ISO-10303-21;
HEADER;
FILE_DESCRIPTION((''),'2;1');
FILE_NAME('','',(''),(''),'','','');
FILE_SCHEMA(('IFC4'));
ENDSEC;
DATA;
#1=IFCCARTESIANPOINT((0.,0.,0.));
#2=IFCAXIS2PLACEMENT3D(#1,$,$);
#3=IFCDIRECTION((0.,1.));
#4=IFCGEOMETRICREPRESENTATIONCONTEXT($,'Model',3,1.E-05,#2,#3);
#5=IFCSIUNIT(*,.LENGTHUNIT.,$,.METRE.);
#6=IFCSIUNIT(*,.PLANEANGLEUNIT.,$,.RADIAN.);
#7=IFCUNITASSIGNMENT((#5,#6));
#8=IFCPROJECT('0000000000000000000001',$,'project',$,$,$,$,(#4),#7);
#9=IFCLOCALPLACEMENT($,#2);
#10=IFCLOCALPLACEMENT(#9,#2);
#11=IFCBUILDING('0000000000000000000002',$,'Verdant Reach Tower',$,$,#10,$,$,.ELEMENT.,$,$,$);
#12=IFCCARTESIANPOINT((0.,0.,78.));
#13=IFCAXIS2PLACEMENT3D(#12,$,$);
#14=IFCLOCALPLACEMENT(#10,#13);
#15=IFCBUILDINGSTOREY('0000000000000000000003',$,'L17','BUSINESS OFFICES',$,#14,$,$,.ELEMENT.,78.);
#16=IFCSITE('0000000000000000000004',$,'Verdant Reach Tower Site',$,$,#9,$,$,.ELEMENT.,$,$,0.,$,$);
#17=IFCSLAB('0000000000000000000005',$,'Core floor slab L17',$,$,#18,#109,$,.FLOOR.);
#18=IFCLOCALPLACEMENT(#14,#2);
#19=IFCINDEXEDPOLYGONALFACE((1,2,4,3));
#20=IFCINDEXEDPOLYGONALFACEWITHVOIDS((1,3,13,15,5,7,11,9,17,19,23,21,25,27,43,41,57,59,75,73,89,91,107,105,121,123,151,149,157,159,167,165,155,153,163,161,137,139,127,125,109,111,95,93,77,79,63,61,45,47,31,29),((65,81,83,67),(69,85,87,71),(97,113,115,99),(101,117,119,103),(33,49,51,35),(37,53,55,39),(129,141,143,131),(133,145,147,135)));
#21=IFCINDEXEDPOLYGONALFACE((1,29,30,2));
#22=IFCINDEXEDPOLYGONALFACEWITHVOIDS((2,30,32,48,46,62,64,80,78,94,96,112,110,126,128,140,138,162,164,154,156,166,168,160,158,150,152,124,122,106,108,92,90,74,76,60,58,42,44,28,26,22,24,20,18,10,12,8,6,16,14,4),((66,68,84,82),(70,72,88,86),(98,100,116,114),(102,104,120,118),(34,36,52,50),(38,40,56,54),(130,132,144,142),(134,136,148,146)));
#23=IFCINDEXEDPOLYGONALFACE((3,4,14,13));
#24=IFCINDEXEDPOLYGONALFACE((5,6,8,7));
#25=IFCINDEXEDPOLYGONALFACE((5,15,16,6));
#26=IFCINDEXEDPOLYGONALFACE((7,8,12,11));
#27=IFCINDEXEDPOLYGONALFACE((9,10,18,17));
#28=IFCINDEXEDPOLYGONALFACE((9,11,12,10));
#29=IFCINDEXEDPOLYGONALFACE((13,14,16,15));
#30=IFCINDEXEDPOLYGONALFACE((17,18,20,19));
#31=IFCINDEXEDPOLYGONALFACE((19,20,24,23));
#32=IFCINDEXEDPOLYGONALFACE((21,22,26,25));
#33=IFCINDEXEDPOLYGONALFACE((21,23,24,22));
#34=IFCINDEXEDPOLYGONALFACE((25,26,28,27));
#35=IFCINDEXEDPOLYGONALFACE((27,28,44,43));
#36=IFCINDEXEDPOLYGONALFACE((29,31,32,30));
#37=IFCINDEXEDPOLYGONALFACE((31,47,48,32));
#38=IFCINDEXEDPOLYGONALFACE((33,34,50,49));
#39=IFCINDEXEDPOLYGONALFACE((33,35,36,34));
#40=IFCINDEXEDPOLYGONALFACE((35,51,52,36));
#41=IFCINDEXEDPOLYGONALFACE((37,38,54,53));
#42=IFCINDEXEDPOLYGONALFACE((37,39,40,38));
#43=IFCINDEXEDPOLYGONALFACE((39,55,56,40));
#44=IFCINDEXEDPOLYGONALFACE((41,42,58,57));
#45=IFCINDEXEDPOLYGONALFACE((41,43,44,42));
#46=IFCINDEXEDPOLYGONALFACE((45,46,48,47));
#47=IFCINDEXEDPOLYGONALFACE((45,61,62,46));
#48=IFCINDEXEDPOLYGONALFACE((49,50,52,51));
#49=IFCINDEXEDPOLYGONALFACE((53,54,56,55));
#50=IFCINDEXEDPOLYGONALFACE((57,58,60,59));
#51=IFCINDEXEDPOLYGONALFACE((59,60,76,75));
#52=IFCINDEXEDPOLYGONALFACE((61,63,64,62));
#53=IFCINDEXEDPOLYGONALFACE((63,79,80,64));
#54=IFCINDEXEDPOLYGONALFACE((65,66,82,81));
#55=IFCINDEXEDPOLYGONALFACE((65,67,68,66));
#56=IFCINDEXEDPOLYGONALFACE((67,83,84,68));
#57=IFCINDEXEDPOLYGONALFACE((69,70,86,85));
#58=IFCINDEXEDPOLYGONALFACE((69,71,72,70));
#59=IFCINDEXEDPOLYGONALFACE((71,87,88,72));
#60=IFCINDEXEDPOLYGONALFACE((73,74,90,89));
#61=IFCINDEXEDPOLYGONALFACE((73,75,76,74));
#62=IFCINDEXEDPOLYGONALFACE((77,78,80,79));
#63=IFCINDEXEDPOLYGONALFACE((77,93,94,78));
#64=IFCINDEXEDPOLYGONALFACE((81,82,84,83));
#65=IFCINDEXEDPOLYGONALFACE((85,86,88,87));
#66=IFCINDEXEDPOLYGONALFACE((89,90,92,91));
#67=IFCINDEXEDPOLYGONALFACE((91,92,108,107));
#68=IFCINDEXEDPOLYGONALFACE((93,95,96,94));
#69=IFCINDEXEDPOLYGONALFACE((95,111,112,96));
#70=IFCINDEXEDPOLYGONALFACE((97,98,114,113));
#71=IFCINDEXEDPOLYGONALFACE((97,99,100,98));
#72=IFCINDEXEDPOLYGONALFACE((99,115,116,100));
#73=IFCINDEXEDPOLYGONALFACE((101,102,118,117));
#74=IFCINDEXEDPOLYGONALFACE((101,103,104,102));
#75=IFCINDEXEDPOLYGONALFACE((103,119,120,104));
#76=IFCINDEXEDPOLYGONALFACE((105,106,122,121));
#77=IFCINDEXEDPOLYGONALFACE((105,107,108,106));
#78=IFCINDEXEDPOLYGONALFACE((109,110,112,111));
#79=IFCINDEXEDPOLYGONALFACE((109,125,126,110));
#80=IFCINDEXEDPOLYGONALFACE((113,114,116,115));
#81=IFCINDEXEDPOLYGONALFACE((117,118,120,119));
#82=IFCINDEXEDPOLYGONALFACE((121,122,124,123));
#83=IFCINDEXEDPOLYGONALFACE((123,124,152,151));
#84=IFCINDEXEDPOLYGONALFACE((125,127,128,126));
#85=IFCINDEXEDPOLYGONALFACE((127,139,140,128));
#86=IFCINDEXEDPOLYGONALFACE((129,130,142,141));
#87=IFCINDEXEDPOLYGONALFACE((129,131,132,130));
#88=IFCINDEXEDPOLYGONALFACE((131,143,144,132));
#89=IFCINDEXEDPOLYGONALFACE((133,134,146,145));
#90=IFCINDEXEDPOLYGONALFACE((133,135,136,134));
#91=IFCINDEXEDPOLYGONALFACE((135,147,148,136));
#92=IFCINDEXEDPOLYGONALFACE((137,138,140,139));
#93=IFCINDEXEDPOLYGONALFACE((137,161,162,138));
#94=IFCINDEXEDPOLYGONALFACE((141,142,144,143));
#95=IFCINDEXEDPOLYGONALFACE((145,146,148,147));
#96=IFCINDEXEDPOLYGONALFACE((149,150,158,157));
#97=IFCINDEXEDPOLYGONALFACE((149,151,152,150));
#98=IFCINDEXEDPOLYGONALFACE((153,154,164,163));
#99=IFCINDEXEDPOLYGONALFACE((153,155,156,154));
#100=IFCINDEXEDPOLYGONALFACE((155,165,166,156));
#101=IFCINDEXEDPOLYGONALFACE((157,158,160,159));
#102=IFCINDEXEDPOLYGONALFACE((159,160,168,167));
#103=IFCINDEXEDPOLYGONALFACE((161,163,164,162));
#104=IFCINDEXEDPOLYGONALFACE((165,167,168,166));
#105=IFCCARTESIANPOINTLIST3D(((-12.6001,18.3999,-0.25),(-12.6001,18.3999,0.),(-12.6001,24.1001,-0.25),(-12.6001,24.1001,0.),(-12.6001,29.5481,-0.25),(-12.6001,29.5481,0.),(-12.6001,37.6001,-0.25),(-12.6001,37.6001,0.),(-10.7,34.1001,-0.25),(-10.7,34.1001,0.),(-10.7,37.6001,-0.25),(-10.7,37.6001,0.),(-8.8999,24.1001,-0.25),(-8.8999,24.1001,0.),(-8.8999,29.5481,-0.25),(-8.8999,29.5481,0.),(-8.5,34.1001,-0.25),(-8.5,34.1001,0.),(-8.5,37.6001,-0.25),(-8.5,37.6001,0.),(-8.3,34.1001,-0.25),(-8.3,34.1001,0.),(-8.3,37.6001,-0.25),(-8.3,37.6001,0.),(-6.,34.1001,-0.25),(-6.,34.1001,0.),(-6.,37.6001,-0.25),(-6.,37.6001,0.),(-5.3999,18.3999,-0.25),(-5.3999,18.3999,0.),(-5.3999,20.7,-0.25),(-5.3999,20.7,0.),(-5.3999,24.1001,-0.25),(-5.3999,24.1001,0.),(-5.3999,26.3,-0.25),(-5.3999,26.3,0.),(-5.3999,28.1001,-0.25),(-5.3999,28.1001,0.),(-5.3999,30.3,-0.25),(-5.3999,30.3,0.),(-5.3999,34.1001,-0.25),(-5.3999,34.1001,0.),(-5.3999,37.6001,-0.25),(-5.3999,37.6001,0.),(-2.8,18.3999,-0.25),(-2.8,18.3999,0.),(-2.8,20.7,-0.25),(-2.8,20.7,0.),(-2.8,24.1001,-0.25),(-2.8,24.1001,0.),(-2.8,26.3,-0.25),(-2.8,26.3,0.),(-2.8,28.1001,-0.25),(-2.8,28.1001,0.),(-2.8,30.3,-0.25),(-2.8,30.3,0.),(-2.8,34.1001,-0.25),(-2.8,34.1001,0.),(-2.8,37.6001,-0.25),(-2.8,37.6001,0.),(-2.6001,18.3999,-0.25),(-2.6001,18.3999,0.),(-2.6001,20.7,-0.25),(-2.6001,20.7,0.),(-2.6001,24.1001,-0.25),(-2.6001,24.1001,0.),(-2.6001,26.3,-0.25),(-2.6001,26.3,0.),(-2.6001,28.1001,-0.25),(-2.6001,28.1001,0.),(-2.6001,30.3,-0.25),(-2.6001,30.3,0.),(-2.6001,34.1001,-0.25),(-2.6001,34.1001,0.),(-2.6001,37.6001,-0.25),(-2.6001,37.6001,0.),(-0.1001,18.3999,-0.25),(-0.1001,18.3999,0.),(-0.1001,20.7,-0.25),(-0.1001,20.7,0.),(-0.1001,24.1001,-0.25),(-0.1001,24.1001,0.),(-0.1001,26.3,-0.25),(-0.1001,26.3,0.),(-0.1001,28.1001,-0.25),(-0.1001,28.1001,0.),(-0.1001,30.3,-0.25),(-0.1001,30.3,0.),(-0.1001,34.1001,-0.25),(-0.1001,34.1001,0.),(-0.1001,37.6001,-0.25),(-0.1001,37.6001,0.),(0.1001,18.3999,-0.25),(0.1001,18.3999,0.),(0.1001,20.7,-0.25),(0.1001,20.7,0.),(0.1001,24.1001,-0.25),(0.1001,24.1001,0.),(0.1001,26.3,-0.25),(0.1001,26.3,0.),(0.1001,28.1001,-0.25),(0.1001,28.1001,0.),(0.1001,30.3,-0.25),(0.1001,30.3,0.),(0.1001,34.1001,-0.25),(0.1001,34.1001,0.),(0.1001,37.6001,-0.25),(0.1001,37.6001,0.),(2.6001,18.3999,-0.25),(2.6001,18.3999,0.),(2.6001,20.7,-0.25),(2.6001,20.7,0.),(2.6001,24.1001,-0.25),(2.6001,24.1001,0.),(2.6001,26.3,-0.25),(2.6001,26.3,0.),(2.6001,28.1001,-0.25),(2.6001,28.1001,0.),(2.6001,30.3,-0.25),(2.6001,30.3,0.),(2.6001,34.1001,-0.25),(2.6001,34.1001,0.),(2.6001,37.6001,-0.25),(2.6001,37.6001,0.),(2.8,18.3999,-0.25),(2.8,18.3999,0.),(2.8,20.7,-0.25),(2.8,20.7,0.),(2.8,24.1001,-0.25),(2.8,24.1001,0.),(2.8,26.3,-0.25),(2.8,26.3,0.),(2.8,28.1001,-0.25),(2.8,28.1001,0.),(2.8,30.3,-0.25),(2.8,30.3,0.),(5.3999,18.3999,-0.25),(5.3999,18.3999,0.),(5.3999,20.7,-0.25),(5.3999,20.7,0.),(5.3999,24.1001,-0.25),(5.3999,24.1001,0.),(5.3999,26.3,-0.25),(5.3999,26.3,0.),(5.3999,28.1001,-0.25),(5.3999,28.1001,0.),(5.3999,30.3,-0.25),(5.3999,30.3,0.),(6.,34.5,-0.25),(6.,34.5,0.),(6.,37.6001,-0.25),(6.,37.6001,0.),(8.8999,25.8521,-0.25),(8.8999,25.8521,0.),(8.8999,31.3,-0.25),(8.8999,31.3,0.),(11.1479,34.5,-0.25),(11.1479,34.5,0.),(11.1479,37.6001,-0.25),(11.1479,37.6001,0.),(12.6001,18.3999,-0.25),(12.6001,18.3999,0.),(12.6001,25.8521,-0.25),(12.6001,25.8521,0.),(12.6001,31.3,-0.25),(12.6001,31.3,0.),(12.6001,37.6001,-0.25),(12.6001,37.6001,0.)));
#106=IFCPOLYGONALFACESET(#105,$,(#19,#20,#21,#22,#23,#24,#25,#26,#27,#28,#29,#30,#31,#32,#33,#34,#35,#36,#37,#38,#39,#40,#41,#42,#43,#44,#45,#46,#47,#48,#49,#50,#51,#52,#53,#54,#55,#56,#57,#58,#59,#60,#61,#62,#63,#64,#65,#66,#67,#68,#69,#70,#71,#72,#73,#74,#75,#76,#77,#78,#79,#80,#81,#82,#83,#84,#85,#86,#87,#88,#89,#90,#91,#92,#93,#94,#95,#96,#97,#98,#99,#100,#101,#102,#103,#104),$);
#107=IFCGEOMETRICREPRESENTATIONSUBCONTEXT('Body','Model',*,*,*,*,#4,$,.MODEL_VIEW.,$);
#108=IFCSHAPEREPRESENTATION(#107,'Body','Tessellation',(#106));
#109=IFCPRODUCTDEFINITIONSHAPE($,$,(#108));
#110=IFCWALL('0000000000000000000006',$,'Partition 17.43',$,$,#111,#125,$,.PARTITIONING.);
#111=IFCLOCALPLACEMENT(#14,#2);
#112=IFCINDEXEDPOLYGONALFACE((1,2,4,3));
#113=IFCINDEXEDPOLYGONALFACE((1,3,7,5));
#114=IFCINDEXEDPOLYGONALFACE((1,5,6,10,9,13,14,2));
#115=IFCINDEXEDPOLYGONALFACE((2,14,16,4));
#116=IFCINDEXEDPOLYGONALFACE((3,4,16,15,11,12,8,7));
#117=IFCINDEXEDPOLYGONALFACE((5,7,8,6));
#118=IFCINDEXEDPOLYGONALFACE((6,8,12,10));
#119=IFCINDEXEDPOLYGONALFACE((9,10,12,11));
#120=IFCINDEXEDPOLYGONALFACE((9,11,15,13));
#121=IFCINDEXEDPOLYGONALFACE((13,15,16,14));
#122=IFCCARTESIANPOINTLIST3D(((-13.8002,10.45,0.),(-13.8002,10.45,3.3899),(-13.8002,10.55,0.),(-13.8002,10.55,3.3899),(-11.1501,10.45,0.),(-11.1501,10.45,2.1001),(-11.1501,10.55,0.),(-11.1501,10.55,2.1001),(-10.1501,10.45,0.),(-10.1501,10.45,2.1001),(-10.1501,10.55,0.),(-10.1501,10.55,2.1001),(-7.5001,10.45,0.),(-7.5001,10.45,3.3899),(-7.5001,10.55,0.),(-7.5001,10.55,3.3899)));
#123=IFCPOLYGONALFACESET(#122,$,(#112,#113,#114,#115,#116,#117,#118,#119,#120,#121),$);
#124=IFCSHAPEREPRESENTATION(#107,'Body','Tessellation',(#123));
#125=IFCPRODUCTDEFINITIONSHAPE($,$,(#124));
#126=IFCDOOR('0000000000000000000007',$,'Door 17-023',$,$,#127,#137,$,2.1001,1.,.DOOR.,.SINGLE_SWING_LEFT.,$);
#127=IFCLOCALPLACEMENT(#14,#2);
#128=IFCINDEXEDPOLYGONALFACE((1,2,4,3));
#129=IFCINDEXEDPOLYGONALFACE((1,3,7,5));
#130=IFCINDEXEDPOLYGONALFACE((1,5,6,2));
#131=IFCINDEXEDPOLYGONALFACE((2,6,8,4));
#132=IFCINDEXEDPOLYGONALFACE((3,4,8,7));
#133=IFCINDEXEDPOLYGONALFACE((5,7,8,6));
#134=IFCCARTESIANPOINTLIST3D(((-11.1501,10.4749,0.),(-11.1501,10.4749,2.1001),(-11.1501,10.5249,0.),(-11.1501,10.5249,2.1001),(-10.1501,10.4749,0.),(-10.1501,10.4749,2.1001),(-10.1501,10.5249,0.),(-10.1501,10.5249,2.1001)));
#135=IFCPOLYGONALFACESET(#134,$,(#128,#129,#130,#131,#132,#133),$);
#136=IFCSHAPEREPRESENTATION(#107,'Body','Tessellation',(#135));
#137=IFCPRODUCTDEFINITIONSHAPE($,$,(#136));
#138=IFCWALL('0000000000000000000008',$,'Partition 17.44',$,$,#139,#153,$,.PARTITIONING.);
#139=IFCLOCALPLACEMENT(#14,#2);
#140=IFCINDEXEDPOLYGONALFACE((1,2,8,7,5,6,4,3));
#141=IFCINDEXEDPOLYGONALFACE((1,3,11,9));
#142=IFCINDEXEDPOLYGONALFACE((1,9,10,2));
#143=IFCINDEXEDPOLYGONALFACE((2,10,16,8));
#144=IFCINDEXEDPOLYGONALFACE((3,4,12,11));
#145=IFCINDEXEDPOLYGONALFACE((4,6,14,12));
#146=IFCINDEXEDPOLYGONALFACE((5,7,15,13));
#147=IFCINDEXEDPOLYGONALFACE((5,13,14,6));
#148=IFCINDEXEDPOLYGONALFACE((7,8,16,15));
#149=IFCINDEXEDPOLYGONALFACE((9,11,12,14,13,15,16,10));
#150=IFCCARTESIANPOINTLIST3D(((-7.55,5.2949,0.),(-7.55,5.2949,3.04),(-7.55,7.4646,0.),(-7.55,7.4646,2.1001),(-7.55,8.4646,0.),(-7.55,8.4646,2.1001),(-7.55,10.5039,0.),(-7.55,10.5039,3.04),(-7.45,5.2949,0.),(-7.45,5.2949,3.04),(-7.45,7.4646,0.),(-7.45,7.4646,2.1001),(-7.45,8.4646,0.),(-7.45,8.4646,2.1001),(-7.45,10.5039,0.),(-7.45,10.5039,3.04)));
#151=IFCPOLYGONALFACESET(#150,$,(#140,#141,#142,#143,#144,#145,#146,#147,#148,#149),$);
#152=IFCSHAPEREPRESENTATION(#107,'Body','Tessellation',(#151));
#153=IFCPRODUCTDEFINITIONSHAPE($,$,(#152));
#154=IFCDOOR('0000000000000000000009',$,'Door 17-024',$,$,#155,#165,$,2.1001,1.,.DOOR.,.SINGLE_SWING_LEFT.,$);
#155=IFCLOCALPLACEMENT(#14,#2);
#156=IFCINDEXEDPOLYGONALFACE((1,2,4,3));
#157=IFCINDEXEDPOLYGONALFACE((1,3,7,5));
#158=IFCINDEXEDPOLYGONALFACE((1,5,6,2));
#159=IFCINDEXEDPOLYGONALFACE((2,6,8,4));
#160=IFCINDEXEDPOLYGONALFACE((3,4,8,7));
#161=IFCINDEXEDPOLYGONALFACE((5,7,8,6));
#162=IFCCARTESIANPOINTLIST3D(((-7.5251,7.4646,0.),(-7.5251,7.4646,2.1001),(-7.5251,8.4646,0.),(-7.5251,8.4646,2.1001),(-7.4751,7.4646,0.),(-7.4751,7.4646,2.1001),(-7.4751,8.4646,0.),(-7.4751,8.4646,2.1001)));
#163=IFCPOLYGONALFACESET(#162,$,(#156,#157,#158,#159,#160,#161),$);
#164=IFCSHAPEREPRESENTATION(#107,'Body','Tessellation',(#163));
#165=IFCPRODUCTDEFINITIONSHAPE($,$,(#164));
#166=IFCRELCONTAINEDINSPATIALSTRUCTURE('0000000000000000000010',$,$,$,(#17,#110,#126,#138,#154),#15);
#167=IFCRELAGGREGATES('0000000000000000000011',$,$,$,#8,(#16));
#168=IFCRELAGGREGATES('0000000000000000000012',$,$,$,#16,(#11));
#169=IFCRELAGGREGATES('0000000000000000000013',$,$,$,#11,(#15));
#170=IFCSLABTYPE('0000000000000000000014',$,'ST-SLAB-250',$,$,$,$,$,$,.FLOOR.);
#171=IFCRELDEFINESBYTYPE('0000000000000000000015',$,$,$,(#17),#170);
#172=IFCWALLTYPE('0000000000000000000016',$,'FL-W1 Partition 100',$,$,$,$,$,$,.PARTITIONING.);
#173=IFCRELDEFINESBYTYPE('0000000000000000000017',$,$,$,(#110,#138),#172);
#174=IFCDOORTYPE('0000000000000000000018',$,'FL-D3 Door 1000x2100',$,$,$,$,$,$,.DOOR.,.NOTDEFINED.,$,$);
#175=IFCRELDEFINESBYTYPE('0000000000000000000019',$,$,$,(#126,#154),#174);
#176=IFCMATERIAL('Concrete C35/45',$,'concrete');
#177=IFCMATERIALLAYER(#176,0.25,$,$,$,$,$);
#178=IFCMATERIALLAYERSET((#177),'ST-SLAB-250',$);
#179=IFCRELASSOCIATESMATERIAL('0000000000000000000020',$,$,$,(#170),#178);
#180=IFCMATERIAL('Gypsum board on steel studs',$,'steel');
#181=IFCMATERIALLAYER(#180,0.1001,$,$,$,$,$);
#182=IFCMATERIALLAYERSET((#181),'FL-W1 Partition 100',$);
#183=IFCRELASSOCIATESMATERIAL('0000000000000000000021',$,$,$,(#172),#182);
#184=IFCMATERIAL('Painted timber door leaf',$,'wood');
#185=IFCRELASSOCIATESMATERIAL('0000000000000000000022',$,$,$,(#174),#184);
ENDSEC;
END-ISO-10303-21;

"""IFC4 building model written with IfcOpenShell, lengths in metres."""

from ifc_helpers import new_model, si_unit, direction, frame, frame_2d, origin, place, context, subcontext, project, spatial, polyline, rectangle, outline, extrude, material, layer, layer_set, type_object, element, fill, save


model = new_model("IFC4")

# Units and contexts
model_context = context("Model", 3, precision=1e-05, world=origin(), true_north=direction((0.0, 1.0)))
body_context = subcontext(model_context, "Body", "Model", "MODEL_VIEW")
ifc_project = project(units=[si_unit("LENGTHUNIT", "METRE"), si_unit("PLANEANGLEUNIT", "RADIAN")], contexts=[model_context])

# Site, building, storey
site_placement = place(None, origin())
site = spatial("IfcSite", under=ifc_project, at=site_placement, Name="Verdant Reach Tower Site", CompositionType="ELEMENT", RefElevation=0.0)
building_placement = place(site_placement, origin())
building = spatial("IfcBuilding", under=site, at=building_placement, Name="Verdant Reach Tower", CompositionType="ELEMENT")
storey_placement = place(building_placement, frame((0.0, 0.0, 78.0)))
storey = spatial("IfcBuildingStorey", under=building, at=storey_placement, Name="L17", Description="BUSINESS OFFICES", CompositionType="ELEMENT", Elevation=78.0)

# Slab
ifc_material_1 = material(Name="Concrete C35/45", Category="concrete")
ifc_layer_1 = layer(ifc_material_1, 0.25)
ifc_layer_set_1 = layer_set([ifc_layer_1], Name="ST-SLAB-250")
slab_type_1 = type_object("IfcSlabType", Name="ST-SLAB-250", PredefinedType="FLOOR", material=ifc_layer_set_1)
slab_1_placement = place(storey_placement, frame((0.0, 0.0, -0.25)))
element("IfcSlab", 1, at=slab_1_placement, inside=storey, type_object=slab_type_1, Name="Core floor slab L17", PredefinedType="FLOOR", context=body_context, shape_type="SweptSolid", body=[
    extrude(outline(polyline([(12.6001, 18.3999), (5.3999, 18.3999), (5.3999, 20.7), (2.8, 20.7), (2.8, 18.3999), (2.6001, 18.3999), (2.6001, 20.7), (0.1001, 20.7), (0.1001, 18.3999), (-0.1001, 18.3999), (-0.1001, 20.7), (-2.6001, 20.7), (-2.6001, 18.3999), (-2.8, 18.3999), (-2.8, 20.7), (-5.3999, 20.7), (-5.3999, 18.3999), (-12.6001, 18.3999), (-12.6001, 24.1001), (-8.8999, 24.1001), (-8.8999, 29.5481), (-12.6001, 29.5481), (-12.6001, 37.6001), (-10.7, 37.6001), (-10.7, 34.1001), (-8.5, 34.1001), (-8.5, 37.6001), (-8.3, 37.6001), (-8.3, 34.1001), (-6.0, 34.1001), (-6.0, 37.6001), (-5.3999, 37.6001), (-5.3999, 34.1001), (-2.8, 34.1001), (-2.8, 37.6001), (-2.6001, 37.6001), (-2.6001, 34.1001), (-0.1001, 34.1001), (-0.1001, 37.6001), (0.1001, 37.6001), (0.1001, 34.1001), (2.6001, 34.1001), (2.6001, 37.6001), (6.0, 37.6001), (6.0, 34.5), (11.1479, 34.5), (11.1479, 37.6001), (12.6001, 37.6001), (12.6001, 31.3), (8.8999, 31.3), (8.8999, 25.8521), (12.6001, 25.8521), (12.6001, 18.3999)]), holes=[polyline([(-2.8, 24.1001), (-2.8, 26.3), (-5.3999, 26.3), (-5.3999, 24.1001), (-2.8, 24.1001)]), polyline([(-2.6001, 24.1001), (-0.1001, 24.1001), (-0.1001, 26.3), (-2.6001, 26.3), (-2.6001, 24.1001)]), polyline([(-2.8, 28.1001), (-2.8, 30.3), (-5.3999, 30.3), (-5.3999, 28.1001), (-2.8, 28.1001)]), polyline([(-0.1001, 28.1001), (-0.1001, 30.3), (-2.6001, 30.3), (-2.6001, 28.1001), (-0.1001, 28.1001)]), polyline([(2.6001, 24.1001), (2.6001, 26.3), (0.1001, 26.3), (0.1001, 24.1001), (2.6001, 24.1001)]), polyline([(2.8, 24.1001), (5.3999, 24.1001), (5.3999, 26.3), (2.8, 26.3), (2.8, 24.1001)]), polyline([(2.6001, 28.1001), (2.6001, 30.3), (0.1001, 30.3), (0.1001, 28.1001), (2.6001, 28.1001)]), polyline([(5.3999, 28.1001), (5.3999, 30.3), (2.8, 30.3), (2.8, 28.1001), (5.3999, 28.1001)])]), origin(), (0.0, 0.0, 1.0), 0.25),
])

# Walls, openings, doors
ifc_material_2 = material(Name="Gypsum board on steel studs", Category="steel")
ifc_layer_2 = layer(ifc_material_2, 0.1001)
ifc_layer_set_2 = layer_set([ifc_layer_2], Name="FL-W1 Partition 100")
wall_type_1 = type_object("IfcWallType", Name="FL-W1 Partition 100", PredefinedType="PARTITIONING", material=ifc_layer_set_2)
wall_1_placement = place(storey_placement, frame((-13.8, 10.5, 0.0), z_axis=(0.0, 0.0, 1.0), x_axis=(1.0, 0.0, 0.0)))
wall_1 = element("IfcWall", 2, at=wall_1_placement, inside=storey, type_object=wall_type_1, Name="Partition 17.43", PredefinedType="PARTITIONING", context=body_context, shape_type="SweptSolid", body=[
    extrude(rectangle(XDim=6.3, YDim=0.1001, at=frame_2d((3.1499, 0.0))), origin(), (0.0, 0.0, 1.0), 3.3899),
])
opening_1_placement = place(wall_1_placement, frame((2.6499, 0.0, 0.0)))
opening_1 = element("IfcOpeningElement", 3, at=opening_1_placement, cuts=wall_1, PredefinedType="OPENING", context=body_context, shape_type="SweptSolid", body=[
    extrude(rectangle(XDim=1.0, YDim=2.1001, at=frame_2d((0.5, 1.05))), frame((0.0, 0.0601, 0.0), z_axis=(0.0, -1.0, 0.0), x_axis=(1.0, 0.0, 0.0)), (0.0, 0.0, 1.0), 0.1201),
])
ifc_material_3 = material(Name="Painted timber door leaf", Category="wood")
door_type_1 = type_object("IfcDoorType", Name="FL-D3 Door 1000x2100", OperationType="NOTDEFINED", PredefinedType="DOOR", material=ifc_material_3)
door_1_placement = place(opening_1_placement, origin())
door_1 = element("IfcDoor", 4, at=door_1_placement, inside=storey, type_object=door_type_1, Name="Door 17-023", OperationType="SINGLE_SWING_LEFT", OverallHeight=2.1001, OverallWidth=1.0, PredefinedType="DOOR", context=body_context, shape_type="SweptSolid", body=[
    extrude(rectangle(XDim=1.0, YDim=2.1001, at=frame_2d((0.5, 1.05))), frame((0.0, 0.0249, 0.0), z_axis=(0.0, -1.0, 0.0), x_axis=(1.0, 0.0, 0.0)), (0.0, 0.0, 1.0), 0.05),
])
fill(opening_1, door_1)
wall_2_placement = place(storey_placement, frame((-7.5, 10.5039, 0.0), z_axis=(0.0, 0.0, 1.0), x_axis=(0.0, -1.0, 0.0)))
wall_2 = element("IfcWall", 5, at=wall_2_placement, inside=storey, type_object=wall_type_1, Name="Partition 17.44", PredefinedType="PARTITIONING", context=body_context, shape_type="SweptSolid", body=[
    extrude(rectangle(XDim=5.209, YDim=0.1001, at=frame_2d((2.6045, 0.0))), origin(), (0.0, 0.0, 1.0), 3.04),
])
opening_2_placement = place(wall_2_placement, frame((2.0393, 0.0, 0.0)))
opening_2 = element("IfcOpeningElement", 6, at=opening_2_placement, cuts=wall_2, PredefinedType="OPENING", context=body_context, shape_type="SweptSolid", body=[
    extrude(rectangle(XDim=1.0, YDim=2.1001, at=frame_2d((0.5, 1.05))), frame((0.0, 0.0601, 0.0), z_axis=(0.0, -1.0, 0.0), x_axis=(1.0, 0.0, 0.0)), (0.0, 0.0, 1.0), 0.1201),
])
door_2_placement = place(opening_2_placement, origin())
door_2 = element("IfcDoor", 7, at=door_2_placement, inside=storey, type_object=door_type_1, Name="Door 17-024", OperationType="SINGLE_SWING_LEFT", OverallHeight=2.1001, OverallWidth=1.0, PredefinedType="DOOR", context=body_context, shape_type="SweptSolid", body=[
    extrude(rectangle(XDim=1.0, YDim=2.1001, at=frame_2d((0.5, 1.05))), frame((0.0, 0.0249, 0.0), z_axis=(0.0, -1.0, 0.0), x_axis=(1.0, 0.0, 0.0)), (0.0, 0.0, 1.0), 0.05),
])
fill(opening_2, door_2)

save(model, "model.ifc")
